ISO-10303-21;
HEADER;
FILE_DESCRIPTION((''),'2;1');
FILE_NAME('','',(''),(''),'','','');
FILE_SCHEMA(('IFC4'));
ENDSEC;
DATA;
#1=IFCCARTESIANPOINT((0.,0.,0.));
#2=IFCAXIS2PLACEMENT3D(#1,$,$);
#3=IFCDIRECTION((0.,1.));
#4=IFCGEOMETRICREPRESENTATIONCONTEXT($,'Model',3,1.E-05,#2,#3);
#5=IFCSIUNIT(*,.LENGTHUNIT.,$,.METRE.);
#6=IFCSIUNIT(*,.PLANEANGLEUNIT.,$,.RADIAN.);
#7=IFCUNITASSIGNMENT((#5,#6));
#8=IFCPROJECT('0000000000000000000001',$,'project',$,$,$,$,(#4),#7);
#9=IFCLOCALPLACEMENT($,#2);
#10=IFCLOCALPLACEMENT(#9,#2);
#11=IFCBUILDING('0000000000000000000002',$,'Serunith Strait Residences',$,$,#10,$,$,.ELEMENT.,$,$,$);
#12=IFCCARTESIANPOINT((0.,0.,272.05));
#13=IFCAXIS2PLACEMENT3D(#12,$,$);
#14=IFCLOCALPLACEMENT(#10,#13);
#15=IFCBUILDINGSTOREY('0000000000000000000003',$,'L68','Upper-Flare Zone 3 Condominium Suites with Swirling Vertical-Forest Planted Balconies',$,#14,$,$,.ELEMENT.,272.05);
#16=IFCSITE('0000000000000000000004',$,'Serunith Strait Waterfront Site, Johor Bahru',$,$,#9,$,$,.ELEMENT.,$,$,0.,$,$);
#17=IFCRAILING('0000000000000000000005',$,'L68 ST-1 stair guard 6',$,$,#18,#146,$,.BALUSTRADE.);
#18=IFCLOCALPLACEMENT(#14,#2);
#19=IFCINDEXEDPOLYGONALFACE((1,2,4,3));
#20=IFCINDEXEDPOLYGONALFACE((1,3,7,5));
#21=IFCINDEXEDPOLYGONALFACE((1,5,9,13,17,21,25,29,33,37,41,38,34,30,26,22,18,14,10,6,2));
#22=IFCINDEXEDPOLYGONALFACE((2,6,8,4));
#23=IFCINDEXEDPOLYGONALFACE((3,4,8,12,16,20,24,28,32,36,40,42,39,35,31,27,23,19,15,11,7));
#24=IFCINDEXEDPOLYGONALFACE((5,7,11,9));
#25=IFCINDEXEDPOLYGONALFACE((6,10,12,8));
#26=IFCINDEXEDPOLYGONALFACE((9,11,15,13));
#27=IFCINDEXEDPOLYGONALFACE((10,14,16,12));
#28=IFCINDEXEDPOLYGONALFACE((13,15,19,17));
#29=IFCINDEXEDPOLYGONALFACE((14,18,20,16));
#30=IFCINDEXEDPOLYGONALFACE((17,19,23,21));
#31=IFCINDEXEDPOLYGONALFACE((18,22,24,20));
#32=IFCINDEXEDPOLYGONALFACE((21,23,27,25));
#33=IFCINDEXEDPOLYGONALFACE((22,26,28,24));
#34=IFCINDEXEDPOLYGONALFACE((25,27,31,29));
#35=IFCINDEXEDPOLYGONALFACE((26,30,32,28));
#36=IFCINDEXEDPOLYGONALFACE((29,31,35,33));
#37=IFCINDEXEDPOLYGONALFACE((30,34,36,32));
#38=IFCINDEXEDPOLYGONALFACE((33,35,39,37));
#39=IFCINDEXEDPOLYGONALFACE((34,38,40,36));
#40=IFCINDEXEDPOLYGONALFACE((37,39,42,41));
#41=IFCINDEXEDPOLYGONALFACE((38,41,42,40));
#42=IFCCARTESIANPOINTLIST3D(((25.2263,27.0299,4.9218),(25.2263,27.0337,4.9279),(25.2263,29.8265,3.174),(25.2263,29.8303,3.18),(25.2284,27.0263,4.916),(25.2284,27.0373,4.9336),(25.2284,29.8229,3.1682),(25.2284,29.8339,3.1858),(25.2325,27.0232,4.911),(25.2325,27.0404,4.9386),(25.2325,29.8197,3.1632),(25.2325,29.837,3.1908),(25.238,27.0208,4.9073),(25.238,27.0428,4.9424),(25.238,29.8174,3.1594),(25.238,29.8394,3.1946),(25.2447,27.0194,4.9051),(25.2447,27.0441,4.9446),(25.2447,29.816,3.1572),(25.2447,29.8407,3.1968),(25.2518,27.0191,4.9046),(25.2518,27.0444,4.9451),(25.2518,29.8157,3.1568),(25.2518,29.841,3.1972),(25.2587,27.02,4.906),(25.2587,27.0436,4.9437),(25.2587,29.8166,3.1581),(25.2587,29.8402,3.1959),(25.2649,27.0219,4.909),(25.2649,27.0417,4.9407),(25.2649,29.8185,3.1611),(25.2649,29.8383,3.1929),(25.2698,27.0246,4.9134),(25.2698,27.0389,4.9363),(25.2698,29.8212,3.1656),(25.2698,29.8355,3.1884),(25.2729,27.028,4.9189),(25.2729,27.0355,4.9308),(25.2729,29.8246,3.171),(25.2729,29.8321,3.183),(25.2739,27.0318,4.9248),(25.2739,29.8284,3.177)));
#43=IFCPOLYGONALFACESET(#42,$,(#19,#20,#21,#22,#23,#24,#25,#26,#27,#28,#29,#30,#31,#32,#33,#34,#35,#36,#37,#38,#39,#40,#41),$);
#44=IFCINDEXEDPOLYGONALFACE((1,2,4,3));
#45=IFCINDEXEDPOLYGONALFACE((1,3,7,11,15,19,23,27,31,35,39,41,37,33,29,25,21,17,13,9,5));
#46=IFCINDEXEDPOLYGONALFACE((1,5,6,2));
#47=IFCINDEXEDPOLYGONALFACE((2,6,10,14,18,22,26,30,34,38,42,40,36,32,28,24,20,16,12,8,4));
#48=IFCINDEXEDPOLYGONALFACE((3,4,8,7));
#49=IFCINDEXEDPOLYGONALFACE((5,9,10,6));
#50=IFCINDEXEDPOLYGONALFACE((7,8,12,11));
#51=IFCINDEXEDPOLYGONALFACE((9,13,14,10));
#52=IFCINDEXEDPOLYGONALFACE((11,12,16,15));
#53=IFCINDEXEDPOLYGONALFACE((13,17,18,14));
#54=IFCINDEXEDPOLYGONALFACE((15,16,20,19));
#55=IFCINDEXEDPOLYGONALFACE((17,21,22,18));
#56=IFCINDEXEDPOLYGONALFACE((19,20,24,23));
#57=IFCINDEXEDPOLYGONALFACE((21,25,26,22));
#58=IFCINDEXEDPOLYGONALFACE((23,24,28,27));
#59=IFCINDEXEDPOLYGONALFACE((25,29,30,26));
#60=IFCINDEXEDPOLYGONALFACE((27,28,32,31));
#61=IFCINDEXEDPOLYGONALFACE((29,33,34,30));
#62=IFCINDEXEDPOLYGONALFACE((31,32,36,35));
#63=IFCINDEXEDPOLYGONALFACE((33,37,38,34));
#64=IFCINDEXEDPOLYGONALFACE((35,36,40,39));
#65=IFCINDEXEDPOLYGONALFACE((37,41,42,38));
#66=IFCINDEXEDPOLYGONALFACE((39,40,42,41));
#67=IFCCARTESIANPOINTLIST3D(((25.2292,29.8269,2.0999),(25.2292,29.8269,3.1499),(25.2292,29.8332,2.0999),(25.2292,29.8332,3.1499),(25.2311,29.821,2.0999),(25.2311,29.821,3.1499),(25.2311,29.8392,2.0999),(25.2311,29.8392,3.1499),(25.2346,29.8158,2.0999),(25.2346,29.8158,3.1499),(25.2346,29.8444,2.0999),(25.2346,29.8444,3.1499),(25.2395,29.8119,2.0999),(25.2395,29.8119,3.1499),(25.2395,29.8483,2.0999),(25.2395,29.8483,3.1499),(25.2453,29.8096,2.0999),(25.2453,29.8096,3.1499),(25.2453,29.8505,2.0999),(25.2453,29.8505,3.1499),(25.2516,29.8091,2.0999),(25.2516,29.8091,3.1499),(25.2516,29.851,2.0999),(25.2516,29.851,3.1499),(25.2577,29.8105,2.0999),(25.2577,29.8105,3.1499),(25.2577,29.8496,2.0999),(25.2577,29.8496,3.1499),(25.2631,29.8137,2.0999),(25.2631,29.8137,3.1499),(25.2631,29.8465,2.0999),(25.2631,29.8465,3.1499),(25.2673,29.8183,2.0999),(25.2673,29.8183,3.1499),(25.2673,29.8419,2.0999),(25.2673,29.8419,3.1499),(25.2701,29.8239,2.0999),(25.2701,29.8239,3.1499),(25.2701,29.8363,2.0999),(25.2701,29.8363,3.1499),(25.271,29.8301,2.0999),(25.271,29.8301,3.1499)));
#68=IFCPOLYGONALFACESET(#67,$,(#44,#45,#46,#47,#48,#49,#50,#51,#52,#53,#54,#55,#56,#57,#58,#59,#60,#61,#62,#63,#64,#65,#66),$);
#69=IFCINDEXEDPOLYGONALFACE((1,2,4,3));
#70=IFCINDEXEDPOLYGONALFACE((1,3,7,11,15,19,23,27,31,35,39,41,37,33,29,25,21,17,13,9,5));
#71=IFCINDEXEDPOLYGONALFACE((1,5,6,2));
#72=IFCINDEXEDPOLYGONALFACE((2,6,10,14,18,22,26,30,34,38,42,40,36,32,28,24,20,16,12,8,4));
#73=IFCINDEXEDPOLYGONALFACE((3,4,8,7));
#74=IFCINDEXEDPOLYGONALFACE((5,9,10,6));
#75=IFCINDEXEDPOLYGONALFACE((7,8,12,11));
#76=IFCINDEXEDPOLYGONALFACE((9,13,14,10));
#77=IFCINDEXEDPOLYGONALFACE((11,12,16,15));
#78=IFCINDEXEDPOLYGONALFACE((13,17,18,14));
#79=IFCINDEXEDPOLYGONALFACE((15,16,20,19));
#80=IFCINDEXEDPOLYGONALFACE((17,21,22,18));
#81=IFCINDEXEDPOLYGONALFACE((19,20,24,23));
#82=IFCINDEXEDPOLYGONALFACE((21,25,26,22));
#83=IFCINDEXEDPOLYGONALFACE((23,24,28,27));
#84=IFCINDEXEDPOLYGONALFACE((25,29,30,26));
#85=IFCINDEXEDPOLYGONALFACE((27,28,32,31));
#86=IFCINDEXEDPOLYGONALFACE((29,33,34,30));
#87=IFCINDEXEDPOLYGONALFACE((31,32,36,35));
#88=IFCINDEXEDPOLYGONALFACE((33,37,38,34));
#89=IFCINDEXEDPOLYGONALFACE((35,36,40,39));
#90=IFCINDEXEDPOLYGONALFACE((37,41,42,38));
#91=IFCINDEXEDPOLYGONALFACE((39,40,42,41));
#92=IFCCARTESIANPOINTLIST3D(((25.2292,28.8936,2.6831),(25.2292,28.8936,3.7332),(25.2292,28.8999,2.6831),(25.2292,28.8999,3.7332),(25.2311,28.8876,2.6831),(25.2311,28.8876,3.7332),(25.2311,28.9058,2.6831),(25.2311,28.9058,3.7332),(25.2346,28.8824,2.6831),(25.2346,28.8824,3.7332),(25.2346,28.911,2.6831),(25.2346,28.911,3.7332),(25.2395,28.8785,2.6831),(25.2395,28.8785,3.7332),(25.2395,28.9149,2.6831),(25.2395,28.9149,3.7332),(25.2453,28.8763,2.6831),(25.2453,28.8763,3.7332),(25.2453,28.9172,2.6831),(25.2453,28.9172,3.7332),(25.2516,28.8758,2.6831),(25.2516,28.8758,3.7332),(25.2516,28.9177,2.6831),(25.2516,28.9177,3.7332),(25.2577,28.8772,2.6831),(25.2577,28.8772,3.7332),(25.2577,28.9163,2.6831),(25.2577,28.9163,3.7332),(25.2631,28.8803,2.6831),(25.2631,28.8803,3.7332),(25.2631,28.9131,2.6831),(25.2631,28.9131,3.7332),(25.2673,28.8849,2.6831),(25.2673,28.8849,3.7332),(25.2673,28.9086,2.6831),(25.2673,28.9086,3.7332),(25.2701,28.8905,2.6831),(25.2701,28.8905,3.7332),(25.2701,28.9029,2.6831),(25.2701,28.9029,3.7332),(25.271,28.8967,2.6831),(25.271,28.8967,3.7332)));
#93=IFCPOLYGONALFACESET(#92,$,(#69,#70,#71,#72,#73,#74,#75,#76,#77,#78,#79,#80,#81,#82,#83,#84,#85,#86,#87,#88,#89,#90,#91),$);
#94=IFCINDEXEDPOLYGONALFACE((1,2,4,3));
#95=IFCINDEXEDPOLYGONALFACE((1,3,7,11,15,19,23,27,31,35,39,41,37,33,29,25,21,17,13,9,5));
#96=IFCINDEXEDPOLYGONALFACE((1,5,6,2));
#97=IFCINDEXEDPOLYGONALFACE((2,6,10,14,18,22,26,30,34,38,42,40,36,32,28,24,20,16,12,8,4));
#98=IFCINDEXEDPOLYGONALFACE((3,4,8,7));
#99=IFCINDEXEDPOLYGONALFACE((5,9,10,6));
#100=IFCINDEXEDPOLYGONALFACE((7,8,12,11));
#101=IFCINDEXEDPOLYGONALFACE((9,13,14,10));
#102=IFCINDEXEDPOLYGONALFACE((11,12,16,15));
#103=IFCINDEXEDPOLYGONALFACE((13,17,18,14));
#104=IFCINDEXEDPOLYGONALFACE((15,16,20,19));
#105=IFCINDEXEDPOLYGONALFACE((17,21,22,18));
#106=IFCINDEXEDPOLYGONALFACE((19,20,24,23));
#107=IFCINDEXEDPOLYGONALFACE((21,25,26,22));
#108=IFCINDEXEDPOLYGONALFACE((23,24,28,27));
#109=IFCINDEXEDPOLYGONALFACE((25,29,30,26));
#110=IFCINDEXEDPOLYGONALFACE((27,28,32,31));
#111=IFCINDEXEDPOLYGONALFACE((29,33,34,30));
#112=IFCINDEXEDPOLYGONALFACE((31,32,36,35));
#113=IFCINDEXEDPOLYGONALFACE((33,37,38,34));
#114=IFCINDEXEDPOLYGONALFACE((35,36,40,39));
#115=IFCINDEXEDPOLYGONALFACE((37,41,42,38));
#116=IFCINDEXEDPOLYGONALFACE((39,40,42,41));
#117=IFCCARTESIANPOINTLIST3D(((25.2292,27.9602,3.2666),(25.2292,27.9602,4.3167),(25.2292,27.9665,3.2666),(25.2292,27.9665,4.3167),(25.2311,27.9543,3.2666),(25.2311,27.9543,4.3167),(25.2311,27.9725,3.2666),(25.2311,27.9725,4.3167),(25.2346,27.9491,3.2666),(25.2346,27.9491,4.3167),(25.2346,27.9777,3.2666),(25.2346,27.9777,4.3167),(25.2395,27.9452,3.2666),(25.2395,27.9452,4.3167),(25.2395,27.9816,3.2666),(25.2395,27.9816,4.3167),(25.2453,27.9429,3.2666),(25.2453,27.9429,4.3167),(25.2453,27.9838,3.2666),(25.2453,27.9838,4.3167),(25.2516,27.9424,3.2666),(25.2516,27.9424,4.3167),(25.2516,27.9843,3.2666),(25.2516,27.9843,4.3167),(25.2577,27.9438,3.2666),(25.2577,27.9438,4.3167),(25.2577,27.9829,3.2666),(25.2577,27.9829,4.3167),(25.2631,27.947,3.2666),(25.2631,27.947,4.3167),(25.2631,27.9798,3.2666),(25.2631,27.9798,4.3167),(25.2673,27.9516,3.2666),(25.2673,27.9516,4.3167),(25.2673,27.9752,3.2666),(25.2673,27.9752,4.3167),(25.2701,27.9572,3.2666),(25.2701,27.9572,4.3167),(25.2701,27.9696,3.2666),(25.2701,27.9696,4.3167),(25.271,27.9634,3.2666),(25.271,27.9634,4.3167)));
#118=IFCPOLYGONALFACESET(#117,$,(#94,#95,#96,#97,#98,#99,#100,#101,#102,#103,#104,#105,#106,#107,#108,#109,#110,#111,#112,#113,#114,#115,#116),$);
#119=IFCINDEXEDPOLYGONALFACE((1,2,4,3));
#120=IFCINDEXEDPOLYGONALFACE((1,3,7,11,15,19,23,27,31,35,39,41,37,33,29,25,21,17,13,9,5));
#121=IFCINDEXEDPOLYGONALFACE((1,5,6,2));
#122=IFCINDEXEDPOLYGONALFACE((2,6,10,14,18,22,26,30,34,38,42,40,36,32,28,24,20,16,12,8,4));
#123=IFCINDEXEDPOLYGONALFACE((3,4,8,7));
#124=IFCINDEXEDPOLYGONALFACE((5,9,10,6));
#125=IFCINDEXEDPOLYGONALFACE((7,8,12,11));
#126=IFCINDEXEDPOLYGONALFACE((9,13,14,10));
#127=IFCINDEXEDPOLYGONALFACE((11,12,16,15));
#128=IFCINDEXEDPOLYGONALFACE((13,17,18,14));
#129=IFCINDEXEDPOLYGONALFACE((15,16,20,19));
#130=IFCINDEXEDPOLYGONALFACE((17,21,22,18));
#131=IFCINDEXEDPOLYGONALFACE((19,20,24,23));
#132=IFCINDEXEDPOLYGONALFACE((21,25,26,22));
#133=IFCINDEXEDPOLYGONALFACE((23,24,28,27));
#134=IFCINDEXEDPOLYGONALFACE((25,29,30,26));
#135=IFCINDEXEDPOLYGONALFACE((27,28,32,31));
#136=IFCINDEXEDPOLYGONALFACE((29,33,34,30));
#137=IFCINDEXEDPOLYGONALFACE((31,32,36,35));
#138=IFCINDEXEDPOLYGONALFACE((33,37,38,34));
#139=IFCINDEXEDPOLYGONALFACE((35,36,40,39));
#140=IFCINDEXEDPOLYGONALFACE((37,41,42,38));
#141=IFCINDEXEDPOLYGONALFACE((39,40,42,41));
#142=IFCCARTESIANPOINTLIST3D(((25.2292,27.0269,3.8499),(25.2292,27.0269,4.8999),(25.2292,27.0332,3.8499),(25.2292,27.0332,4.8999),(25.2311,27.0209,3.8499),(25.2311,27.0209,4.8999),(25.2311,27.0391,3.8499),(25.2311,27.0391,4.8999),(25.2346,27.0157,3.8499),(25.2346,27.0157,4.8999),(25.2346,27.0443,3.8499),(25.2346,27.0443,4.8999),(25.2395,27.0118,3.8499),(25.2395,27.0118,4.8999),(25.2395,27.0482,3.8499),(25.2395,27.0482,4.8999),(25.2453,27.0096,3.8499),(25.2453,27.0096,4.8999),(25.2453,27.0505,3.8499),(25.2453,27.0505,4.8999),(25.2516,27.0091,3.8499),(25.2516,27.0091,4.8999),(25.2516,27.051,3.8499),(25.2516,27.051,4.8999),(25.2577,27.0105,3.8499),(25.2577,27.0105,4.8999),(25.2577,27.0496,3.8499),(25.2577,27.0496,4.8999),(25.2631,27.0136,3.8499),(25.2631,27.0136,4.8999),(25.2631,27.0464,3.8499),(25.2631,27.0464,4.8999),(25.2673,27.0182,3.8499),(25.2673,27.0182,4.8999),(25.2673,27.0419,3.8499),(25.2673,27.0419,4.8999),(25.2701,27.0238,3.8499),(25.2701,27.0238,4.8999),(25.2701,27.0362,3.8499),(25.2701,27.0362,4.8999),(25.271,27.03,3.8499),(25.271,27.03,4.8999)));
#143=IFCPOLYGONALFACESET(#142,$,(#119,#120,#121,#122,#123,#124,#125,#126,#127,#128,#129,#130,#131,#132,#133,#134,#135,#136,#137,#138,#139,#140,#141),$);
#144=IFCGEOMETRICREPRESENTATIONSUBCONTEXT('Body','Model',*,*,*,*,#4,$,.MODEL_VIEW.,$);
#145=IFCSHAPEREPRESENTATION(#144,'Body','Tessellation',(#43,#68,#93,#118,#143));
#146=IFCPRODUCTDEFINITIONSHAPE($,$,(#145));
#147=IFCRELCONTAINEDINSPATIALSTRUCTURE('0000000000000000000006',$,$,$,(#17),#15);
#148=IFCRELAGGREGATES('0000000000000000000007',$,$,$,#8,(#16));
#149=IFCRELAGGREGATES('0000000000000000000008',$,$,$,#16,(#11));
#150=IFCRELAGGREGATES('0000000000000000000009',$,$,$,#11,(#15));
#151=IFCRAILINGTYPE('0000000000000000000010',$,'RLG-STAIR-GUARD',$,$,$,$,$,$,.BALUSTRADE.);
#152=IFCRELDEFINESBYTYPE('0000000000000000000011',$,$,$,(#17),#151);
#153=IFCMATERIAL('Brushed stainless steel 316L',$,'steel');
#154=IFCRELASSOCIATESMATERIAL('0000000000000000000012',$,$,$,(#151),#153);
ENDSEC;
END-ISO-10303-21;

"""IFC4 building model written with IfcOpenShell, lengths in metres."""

from ifc_helpers import new_model, si_unit, direction, frame, origin, origin_2d, place, context, subcontext, project, spatial, circle, extrude, material, type_object, element, save


model = new_model("IFC4")

# Units and contexts
model_context = context("Model", 3, precision=1e-05, world=origin(), true_north=direction((0.0, 1.0)))
body_context = subcontext(model_context, "Body", "Model", "MODEL_VIEW")
ifc_project = project(units=[si_unit("LENGTHUNIT", "METRE"), si_unit("PLANEANGLEUNIT", "RADIAN")], contexts=[model_context])

# Site, building, storey
site_placement = place(None, origin())
site = spatial("IfcSite", under=ifc_project, at=site_placement, Name="Serunith Strait Waterfront Site, Johor Bahru", CompositionType="ELEMENT", RefElevation=0.0)
building_placement = place(site_placement, origin())
building = spatial("IfcBuilding", under=site, at=building_placement, Name="Serunith Strait Residences", CompositionType="ELEMENT")
storey_placement = place(building_placement, frame((0.0, 0.0, 272.05)))
storey = spatial("IfcBuildingStorey", under=building, at=storey_placement, Name="L68", Description="Upper-Flare Zone 3 Condominium Suites with Swirling Vertical-Forest Planted Balconies", CompositionType="ELEMENT", Elevation=272.05)

# Railing
ifc_material_1 = material(Name="Brushed stainless steel 316L", Category="steel")
railing_type_1 = type_object("IfcRailingType", Name="RLG-STAIR-GUARD", PredefinedType="BALUSTRADE", material=ifc_material_1)
railing_1_placement = place(storey_placement, frame((25.25, 29.8301, 2.0999)))
element("IfcRailing", 1, at=railing_1_placement, inside=storey, type_object=railing_type_1, Name="L68 ST-1 stair guard 6", PredefinedType="BALUSTRADE", context=body_context, shape_type="SweptSolid", body=[
    extrude(circle(Radius=0.0239, at=origin_2d()), frame((0.0, -0.0017, 1.0771), z_axis=(0.0, -0.848002, 0.529992), x_axis=(1.0, 0.0, 0.0)), (0.0, 0.0, 1.0), 3.2979),
    extrude(circle(Radius=0.021, at=origin_2d()), origin(), (0.0, 0.0, 1.0), 1.05),
    extrude(circle(Radius=0.021, at=origin_2d()), frame((0.0, -0.9333, 0.5833)), (0.0, 0.0, 1.0), 1.05),
    extrude(circle(Radius=0.021, at=origin_2d()), frame((0.0, -1.8667, 1.1667)), (0.0, 0.0, 1.0), 1.05),
    extrude(circle(Radius=0.021, at=origin_2d()), frame((0.0, -2.8, 1.75)), (0.0, 0.0, 1.0), 1.05),
])

save(model, "model.ifc")
